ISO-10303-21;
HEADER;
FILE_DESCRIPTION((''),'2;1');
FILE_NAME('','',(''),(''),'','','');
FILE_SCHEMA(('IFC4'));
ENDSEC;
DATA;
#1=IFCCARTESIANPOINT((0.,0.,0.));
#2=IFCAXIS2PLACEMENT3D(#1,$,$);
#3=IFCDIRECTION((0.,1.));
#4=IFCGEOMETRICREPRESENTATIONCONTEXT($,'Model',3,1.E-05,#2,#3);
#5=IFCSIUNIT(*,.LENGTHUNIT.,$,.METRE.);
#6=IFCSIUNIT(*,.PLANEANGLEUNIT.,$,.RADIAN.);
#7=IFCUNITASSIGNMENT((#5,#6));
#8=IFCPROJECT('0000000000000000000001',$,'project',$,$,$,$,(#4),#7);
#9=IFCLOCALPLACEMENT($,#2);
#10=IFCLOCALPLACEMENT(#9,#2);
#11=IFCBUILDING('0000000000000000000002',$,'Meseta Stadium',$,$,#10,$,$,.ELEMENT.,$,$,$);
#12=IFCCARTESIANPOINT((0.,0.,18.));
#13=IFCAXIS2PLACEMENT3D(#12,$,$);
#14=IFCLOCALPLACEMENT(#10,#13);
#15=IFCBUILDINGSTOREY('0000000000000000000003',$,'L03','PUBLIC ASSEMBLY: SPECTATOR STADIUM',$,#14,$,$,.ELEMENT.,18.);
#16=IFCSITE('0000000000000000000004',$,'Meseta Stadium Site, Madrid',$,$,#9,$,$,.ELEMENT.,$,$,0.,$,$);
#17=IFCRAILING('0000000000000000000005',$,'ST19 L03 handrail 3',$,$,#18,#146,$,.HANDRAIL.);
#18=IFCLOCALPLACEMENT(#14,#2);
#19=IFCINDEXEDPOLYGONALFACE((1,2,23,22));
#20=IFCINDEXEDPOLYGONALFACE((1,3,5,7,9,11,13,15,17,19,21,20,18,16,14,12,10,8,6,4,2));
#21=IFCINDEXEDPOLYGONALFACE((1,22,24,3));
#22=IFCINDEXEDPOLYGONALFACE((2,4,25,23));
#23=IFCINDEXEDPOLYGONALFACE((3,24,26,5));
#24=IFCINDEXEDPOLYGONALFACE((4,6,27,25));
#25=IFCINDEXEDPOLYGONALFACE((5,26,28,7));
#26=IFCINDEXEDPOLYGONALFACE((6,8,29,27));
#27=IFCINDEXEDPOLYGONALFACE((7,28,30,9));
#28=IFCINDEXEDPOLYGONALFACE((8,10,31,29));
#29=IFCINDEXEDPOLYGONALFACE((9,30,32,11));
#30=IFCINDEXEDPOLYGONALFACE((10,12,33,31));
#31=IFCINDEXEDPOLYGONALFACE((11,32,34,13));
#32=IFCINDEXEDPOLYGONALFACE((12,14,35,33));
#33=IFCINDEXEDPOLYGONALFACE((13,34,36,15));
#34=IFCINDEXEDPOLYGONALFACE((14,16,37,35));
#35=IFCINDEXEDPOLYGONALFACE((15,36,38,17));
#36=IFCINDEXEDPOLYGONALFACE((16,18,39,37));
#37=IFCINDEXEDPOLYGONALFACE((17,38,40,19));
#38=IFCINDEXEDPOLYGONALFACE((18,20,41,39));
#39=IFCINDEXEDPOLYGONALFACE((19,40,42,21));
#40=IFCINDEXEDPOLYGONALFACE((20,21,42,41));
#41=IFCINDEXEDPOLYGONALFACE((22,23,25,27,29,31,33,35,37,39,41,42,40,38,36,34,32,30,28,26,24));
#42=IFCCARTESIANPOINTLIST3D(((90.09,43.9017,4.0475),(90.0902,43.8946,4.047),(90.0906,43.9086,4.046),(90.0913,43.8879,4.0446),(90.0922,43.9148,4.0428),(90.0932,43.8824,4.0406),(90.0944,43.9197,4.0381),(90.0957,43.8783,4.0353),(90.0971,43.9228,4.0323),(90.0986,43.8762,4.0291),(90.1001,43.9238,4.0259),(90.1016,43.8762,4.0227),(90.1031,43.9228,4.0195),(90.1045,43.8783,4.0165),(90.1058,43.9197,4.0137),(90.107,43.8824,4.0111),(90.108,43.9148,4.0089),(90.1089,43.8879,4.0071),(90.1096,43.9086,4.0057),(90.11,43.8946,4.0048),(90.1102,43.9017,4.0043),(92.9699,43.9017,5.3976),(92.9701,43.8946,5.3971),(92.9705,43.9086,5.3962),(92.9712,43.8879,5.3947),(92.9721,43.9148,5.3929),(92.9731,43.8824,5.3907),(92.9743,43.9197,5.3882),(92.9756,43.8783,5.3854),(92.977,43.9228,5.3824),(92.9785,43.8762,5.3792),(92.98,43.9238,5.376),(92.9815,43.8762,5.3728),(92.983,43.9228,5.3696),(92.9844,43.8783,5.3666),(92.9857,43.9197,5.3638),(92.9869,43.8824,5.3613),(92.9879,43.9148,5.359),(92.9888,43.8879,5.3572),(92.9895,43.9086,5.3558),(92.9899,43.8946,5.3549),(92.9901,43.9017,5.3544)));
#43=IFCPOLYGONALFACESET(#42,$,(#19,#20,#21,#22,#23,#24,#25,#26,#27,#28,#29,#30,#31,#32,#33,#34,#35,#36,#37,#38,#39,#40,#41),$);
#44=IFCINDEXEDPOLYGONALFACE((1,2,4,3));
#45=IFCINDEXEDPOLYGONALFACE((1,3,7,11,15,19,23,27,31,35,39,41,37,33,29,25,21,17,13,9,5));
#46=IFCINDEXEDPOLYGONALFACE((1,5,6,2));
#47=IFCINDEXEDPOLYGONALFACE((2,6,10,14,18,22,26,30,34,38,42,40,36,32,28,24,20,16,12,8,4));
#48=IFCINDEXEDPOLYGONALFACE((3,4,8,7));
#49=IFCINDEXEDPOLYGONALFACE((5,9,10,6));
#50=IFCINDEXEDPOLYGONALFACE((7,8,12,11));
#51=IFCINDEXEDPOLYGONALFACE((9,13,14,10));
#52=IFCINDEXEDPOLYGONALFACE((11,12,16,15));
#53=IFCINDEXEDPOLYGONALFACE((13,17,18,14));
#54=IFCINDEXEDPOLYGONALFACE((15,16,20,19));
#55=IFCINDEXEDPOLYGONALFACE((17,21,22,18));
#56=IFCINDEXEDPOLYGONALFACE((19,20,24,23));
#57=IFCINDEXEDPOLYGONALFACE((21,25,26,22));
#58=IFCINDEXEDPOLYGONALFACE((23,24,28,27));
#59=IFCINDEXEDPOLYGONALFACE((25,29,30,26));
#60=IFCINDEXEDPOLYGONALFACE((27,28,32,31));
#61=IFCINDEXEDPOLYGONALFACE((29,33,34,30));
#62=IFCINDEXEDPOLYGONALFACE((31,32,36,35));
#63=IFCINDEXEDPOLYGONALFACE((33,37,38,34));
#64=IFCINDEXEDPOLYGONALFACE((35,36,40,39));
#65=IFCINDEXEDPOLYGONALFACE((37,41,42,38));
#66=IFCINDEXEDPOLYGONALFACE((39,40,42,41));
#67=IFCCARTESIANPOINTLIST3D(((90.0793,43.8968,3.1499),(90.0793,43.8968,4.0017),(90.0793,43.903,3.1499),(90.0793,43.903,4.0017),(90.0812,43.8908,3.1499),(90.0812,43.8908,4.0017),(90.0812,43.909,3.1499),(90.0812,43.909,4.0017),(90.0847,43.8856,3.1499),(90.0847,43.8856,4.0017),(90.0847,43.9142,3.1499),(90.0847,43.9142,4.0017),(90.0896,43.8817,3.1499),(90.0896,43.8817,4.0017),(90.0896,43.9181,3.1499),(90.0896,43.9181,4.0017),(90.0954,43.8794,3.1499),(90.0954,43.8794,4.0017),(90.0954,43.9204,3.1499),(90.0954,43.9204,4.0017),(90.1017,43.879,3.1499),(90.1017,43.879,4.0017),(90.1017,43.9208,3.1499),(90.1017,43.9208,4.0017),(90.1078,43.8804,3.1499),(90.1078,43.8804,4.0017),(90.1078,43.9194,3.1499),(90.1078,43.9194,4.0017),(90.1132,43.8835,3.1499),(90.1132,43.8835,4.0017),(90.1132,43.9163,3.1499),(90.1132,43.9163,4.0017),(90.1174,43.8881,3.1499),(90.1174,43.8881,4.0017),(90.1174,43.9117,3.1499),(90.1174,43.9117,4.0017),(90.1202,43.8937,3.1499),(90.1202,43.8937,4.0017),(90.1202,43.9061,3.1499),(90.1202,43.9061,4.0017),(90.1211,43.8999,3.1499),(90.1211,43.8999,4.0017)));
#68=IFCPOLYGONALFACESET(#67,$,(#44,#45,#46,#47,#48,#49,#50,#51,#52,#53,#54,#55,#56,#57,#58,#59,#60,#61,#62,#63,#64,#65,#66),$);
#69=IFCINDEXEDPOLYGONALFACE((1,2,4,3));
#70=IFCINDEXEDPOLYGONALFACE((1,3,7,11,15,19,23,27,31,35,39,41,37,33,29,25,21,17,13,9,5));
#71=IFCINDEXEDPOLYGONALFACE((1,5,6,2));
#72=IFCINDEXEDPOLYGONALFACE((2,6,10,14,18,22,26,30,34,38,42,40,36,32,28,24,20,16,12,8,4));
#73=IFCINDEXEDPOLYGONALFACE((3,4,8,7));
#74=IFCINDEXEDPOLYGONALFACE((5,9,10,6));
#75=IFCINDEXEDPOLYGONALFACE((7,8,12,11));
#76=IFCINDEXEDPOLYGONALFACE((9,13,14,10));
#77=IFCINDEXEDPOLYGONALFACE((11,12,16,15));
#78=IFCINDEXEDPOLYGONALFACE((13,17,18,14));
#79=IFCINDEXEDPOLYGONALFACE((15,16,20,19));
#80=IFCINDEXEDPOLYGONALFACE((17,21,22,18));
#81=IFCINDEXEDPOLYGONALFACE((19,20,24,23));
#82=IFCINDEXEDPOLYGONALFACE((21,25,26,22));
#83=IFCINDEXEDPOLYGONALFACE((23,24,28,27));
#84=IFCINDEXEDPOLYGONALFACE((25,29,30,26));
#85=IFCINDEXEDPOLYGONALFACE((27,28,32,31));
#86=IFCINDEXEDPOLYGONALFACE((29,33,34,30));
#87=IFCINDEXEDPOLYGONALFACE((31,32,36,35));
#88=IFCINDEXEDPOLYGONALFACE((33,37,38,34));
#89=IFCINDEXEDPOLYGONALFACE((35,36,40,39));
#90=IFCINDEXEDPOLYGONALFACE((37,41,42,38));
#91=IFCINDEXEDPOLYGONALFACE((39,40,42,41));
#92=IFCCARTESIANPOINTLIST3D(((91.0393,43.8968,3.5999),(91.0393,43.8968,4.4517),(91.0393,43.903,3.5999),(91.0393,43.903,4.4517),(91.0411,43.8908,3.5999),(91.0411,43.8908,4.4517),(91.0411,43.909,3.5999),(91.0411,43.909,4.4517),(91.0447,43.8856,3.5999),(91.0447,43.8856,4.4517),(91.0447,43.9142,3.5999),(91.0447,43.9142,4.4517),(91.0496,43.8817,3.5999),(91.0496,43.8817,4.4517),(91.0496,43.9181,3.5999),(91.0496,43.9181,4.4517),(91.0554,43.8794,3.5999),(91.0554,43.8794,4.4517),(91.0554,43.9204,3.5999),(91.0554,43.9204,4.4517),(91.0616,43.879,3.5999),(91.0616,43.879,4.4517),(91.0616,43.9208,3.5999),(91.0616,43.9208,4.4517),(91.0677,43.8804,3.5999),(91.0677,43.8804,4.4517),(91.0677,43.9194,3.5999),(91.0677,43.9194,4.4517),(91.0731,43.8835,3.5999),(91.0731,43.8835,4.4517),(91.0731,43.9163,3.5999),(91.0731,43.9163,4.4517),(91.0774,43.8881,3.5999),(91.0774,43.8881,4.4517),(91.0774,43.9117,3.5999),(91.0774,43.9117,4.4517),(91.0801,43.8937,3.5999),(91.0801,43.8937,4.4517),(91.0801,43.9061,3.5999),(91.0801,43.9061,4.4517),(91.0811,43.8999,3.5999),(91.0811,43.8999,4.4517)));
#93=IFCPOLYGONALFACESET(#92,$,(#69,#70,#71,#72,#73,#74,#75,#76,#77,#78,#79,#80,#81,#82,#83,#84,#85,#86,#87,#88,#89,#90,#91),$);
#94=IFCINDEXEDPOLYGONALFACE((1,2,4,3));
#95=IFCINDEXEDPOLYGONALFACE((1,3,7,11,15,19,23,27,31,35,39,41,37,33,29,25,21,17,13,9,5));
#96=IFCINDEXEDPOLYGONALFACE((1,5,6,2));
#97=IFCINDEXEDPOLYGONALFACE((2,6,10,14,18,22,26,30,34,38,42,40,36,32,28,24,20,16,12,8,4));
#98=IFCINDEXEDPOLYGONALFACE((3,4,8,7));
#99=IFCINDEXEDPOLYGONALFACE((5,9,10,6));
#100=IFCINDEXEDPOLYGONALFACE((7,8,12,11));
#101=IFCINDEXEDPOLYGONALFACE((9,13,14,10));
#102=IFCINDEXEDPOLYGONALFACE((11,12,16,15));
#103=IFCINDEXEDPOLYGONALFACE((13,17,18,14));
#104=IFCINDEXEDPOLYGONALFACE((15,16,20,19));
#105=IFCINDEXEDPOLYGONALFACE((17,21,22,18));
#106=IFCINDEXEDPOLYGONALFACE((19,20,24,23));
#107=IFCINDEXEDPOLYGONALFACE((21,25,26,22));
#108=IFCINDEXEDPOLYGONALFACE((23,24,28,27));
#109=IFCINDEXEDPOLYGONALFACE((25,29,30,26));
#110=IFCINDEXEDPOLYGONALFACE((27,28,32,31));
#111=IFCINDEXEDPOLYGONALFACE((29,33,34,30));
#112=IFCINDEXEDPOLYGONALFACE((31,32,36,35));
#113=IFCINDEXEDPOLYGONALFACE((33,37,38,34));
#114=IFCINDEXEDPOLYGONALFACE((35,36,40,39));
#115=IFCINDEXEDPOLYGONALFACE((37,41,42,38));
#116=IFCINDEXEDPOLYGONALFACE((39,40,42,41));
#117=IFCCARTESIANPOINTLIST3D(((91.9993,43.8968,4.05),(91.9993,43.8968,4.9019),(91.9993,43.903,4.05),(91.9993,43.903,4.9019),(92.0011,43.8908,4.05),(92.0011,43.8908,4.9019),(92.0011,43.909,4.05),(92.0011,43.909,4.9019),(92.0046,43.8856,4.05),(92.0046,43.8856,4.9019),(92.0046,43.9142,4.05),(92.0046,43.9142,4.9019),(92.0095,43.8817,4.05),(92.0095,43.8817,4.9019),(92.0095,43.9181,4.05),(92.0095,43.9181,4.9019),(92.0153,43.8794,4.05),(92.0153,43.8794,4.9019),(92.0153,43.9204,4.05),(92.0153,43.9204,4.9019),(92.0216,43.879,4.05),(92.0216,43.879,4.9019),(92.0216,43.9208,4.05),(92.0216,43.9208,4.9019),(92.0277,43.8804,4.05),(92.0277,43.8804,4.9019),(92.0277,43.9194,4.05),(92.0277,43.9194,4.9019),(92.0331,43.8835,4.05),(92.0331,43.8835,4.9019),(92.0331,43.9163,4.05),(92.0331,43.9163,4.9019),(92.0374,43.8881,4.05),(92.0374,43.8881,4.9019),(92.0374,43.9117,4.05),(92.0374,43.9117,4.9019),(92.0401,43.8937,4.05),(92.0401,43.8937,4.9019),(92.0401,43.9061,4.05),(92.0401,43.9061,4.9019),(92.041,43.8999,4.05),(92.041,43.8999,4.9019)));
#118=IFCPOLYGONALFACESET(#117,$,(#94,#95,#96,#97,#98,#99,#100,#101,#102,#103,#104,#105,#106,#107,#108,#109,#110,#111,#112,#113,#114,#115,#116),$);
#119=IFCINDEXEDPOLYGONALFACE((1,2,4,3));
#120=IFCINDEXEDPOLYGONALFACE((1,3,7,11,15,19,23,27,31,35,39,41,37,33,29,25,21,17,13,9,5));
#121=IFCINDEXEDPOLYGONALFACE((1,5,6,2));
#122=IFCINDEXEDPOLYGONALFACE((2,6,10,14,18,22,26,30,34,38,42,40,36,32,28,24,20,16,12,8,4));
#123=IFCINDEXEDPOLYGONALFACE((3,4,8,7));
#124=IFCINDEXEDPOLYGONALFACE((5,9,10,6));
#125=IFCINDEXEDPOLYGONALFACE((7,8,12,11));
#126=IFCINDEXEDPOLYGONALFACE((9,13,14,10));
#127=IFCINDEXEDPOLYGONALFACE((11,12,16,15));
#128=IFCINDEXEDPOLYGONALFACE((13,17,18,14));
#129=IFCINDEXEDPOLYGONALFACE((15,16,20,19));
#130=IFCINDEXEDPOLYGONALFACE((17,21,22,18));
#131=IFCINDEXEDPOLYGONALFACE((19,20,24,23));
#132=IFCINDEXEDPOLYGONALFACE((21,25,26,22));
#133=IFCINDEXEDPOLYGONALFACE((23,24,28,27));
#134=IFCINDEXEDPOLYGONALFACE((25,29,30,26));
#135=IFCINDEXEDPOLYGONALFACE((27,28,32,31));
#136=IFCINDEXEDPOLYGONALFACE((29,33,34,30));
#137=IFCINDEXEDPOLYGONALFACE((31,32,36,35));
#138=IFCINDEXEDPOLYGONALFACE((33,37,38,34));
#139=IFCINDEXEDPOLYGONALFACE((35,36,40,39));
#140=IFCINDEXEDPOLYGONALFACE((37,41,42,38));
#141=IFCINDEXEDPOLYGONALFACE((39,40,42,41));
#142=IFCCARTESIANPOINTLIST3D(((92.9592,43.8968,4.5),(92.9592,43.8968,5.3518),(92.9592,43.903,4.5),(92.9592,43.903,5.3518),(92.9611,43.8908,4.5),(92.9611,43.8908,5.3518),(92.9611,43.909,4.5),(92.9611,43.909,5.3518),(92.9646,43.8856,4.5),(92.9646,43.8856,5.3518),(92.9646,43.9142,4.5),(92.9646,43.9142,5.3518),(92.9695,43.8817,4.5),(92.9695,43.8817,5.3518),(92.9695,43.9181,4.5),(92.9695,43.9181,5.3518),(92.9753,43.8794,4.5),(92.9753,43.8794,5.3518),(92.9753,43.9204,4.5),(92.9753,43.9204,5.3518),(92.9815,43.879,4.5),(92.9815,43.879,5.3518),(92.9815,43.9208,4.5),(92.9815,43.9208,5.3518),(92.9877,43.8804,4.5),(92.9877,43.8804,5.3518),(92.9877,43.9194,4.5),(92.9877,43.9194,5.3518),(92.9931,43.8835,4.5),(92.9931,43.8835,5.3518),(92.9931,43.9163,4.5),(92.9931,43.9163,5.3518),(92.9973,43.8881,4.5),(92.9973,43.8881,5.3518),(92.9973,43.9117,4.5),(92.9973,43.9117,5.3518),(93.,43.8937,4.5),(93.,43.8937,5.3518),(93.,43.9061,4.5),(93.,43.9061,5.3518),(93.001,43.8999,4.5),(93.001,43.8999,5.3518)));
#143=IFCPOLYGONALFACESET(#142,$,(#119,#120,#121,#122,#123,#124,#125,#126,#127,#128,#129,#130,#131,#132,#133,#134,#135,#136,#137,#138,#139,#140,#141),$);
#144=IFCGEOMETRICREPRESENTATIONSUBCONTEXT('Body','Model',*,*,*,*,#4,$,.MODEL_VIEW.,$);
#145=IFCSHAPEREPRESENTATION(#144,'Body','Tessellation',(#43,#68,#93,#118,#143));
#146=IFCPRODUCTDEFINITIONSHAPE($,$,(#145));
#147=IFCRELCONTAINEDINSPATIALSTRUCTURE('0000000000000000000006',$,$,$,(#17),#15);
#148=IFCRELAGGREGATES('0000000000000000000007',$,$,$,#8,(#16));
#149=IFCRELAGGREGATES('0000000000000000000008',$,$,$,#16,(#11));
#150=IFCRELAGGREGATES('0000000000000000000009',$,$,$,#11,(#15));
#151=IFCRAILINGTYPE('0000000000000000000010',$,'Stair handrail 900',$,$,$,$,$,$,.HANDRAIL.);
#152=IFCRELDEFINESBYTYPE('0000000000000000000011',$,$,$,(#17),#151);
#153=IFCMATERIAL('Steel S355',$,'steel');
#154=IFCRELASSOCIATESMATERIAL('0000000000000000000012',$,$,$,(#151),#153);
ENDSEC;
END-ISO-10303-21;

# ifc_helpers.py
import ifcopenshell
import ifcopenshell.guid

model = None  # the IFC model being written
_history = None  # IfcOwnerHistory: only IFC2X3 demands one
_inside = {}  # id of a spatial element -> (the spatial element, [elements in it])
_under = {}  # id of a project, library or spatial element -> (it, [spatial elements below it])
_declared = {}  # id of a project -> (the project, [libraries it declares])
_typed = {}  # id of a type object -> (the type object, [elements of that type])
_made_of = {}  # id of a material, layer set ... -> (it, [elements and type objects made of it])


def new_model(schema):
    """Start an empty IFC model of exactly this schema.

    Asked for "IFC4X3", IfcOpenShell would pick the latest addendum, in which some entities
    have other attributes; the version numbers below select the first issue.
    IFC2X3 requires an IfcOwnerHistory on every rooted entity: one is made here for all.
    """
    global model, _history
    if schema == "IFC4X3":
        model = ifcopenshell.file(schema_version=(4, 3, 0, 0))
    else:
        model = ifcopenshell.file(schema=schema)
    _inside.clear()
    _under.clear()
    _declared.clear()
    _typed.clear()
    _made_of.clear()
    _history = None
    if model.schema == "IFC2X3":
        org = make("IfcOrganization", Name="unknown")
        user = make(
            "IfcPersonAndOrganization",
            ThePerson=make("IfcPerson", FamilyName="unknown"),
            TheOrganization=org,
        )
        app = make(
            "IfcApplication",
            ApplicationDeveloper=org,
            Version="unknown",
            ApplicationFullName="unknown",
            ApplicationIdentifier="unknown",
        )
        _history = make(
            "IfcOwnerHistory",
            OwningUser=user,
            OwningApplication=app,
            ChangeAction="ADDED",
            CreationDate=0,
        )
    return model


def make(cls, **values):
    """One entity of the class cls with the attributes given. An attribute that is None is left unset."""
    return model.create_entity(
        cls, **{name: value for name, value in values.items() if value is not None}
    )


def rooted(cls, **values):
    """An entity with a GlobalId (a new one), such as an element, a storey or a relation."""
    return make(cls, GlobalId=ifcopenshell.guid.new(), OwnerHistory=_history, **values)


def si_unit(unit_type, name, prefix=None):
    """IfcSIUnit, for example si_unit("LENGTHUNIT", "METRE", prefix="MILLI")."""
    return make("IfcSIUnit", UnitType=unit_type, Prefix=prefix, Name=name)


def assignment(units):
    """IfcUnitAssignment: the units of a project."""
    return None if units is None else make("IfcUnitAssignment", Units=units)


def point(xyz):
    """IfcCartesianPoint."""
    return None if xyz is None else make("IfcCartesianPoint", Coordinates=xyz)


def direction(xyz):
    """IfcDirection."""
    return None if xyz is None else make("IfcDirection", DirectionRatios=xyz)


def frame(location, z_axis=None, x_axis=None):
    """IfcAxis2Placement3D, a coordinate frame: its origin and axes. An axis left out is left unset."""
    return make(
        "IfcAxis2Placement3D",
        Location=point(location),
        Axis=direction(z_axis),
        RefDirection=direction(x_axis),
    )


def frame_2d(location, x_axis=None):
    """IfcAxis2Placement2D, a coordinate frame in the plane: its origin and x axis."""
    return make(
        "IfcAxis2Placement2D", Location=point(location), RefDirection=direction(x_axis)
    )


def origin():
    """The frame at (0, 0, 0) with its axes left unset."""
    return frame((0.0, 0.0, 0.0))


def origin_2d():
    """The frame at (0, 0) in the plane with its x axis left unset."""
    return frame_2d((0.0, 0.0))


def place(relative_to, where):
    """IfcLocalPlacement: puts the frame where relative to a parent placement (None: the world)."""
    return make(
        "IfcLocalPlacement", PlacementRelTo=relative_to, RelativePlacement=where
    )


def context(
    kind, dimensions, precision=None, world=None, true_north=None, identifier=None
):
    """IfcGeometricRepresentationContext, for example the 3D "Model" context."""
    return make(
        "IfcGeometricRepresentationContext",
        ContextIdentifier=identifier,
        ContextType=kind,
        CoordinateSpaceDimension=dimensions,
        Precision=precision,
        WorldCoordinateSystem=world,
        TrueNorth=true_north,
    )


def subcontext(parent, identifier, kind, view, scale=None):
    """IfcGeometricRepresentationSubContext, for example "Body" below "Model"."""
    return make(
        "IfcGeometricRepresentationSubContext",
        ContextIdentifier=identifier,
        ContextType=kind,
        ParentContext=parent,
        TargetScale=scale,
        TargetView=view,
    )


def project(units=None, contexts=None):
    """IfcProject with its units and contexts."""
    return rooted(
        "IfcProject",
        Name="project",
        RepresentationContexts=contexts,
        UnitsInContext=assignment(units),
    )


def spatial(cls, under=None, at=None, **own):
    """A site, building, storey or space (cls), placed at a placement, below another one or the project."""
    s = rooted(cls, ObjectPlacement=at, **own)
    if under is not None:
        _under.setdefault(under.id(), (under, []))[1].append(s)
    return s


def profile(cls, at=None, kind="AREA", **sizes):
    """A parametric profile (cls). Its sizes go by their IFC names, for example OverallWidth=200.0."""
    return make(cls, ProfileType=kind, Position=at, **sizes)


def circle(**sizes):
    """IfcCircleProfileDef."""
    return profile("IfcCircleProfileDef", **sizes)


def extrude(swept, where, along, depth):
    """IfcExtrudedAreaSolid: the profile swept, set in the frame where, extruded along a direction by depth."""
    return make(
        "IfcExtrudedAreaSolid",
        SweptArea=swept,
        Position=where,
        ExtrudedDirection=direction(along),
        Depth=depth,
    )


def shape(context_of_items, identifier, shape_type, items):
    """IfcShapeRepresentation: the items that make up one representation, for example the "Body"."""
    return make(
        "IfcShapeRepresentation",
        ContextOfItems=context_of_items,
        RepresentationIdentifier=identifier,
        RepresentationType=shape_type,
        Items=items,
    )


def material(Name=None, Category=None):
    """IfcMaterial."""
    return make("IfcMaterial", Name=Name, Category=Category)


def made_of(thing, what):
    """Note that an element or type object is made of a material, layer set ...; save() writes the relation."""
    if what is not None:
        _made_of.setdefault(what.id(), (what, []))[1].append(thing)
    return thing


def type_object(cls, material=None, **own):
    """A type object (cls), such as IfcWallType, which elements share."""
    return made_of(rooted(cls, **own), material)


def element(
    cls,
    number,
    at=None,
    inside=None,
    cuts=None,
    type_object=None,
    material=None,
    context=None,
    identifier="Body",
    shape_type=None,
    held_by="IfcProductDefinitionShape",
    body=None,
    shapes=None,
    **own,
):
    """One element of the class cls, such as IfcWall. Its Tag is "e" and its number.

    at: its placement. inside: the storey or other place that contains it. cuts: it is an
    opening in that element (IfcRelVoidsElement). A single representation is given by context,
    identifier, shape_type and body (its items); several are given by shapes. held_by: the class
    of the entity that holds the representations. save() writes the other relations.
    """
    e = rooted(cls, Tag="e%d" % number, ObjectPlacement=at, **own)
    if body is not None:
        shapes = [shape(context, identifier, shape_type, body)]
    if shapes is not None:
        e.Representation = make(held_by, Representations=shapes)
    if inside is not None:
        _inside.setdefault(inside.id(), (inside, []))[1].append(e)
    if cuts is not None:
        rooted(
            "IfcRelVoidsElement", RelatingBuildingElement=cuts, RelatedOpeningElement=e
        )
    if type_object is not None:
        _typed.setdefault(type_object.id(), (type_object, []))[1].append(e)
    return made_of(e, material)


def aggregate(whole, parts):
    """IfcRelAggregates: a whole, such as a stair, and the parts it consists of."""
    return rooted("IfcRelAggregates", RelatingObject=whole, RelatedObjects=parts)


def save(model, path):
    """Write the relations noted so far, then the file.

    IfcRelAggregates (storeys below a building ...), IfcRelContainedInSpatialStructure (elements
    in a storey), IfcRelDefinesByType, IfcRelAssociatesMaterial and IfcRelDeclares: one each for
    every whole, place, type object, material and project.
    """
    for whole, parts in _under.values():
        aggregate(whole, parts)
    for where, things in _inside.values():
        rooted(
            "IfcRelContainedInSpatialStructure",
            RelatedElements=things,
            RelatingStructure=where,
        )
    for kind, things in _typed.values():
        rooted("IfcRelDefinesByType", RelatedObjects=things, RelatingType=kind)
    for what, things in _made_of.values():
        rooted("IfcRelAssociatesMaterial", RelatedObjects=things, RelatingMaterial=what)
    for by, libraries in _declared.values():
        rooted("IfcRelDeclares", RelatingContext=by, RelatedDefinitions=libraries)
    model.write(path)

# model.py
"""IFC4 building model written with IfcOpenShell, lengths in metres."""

from ifc_helpers import new_model, si_unit, direction, frame, origin, origin_2d, place, context, subcontext, project, spatial, circle, extrude, material, type_object, element, save


model = new_model("IFC4")

# Units and contexts
model_context = context("Model", 3, precision=1e-05, world=origin(), true_north=direction((0.0, 1.0)))
body_context = subcontext(model_context, "Body", "Model", "MODEL_VIEW")
ifc_project = project(units=[si_unit("LENGTHUNIT", "METRE"), si_unit("PLANEANGLEUNIT", "RADIAN")], contexts=[model_context])

# Site, building, storey
site_placement = place(None, origin())
site = spatial("IfcSite", under=ifc_project, at=site_placement, Name="Meseta Stadium Site, Madrid", CompositionType="ELEMENT", RefElevation=0.0)
building_placement = place(site_placement, origin())
building = spatial("IfcBuilding", under=site, at=building_placement, Name="Meseta Stadium", CompositionType="ELEMENT")
storey_placement = place(building_placement, frame((0.0, 0.0, 18.0)))
storey = spatial("IfcBuildingStorey", under=building, at=storey_placement, Name="L03", Description="PUBLIC ASSEMBLY: SPECTATOR STADIUM", CompositionType="ELEMENT", Elevation=18.0)

# Railing
ifc_material_1 = material(Name="Steel S355", Category="steel")
railing_type_1 = type_object("IfcRailingType", Name="Stair handrail 900", PredefinedType="HANDRAIL", material=ifc_material_1)
for number, where, name in (
    (1, (90.1001, 43.8999, 3.1499), "ST19 L03 handrail 3"),
):
    element("IfcRailing", number, at=place(storey_placement, frame(where)), inside=storey, type_object=railing_type_1, Name=name, PredefinedType="HANDRAIL", context=body_context, shape_type="SweptSolid", body=[
        extrude(circle(Radius=0.0239, at=origin_2d()), frame((0.0, 0.0, 0.876), z_axis=(0.90544, 0.0, 0.424473), x_axis=(0.0, 1.0, 0.0)), (0.0, 0.0, 1.0), 3.1807),
        extrude(circle(Radius=0.021, at=origin_2d()), origin(), (0.0, 0.0, 1.0), 0.8518),
        extrude(circle(Radius=0.021, at=origin_2d()), frame((0.96, 0.0, 0.45)), (0.0, 0.0, 1.0), 0.8518),
        extrude(circle(Radius=0.021, at=origin_2d()), frame((1.9199, 0.0, 0.9001)), (0.0, 0.0, 1.0), 0.8518),
        extrude(circle(Radius=0.021, at=origin_2d()), frame((2.8799, 0.0, 1.3501)), (0.0, 0.0, 1.0), 0.8518),
    ])

save(model, "model.ifc")
